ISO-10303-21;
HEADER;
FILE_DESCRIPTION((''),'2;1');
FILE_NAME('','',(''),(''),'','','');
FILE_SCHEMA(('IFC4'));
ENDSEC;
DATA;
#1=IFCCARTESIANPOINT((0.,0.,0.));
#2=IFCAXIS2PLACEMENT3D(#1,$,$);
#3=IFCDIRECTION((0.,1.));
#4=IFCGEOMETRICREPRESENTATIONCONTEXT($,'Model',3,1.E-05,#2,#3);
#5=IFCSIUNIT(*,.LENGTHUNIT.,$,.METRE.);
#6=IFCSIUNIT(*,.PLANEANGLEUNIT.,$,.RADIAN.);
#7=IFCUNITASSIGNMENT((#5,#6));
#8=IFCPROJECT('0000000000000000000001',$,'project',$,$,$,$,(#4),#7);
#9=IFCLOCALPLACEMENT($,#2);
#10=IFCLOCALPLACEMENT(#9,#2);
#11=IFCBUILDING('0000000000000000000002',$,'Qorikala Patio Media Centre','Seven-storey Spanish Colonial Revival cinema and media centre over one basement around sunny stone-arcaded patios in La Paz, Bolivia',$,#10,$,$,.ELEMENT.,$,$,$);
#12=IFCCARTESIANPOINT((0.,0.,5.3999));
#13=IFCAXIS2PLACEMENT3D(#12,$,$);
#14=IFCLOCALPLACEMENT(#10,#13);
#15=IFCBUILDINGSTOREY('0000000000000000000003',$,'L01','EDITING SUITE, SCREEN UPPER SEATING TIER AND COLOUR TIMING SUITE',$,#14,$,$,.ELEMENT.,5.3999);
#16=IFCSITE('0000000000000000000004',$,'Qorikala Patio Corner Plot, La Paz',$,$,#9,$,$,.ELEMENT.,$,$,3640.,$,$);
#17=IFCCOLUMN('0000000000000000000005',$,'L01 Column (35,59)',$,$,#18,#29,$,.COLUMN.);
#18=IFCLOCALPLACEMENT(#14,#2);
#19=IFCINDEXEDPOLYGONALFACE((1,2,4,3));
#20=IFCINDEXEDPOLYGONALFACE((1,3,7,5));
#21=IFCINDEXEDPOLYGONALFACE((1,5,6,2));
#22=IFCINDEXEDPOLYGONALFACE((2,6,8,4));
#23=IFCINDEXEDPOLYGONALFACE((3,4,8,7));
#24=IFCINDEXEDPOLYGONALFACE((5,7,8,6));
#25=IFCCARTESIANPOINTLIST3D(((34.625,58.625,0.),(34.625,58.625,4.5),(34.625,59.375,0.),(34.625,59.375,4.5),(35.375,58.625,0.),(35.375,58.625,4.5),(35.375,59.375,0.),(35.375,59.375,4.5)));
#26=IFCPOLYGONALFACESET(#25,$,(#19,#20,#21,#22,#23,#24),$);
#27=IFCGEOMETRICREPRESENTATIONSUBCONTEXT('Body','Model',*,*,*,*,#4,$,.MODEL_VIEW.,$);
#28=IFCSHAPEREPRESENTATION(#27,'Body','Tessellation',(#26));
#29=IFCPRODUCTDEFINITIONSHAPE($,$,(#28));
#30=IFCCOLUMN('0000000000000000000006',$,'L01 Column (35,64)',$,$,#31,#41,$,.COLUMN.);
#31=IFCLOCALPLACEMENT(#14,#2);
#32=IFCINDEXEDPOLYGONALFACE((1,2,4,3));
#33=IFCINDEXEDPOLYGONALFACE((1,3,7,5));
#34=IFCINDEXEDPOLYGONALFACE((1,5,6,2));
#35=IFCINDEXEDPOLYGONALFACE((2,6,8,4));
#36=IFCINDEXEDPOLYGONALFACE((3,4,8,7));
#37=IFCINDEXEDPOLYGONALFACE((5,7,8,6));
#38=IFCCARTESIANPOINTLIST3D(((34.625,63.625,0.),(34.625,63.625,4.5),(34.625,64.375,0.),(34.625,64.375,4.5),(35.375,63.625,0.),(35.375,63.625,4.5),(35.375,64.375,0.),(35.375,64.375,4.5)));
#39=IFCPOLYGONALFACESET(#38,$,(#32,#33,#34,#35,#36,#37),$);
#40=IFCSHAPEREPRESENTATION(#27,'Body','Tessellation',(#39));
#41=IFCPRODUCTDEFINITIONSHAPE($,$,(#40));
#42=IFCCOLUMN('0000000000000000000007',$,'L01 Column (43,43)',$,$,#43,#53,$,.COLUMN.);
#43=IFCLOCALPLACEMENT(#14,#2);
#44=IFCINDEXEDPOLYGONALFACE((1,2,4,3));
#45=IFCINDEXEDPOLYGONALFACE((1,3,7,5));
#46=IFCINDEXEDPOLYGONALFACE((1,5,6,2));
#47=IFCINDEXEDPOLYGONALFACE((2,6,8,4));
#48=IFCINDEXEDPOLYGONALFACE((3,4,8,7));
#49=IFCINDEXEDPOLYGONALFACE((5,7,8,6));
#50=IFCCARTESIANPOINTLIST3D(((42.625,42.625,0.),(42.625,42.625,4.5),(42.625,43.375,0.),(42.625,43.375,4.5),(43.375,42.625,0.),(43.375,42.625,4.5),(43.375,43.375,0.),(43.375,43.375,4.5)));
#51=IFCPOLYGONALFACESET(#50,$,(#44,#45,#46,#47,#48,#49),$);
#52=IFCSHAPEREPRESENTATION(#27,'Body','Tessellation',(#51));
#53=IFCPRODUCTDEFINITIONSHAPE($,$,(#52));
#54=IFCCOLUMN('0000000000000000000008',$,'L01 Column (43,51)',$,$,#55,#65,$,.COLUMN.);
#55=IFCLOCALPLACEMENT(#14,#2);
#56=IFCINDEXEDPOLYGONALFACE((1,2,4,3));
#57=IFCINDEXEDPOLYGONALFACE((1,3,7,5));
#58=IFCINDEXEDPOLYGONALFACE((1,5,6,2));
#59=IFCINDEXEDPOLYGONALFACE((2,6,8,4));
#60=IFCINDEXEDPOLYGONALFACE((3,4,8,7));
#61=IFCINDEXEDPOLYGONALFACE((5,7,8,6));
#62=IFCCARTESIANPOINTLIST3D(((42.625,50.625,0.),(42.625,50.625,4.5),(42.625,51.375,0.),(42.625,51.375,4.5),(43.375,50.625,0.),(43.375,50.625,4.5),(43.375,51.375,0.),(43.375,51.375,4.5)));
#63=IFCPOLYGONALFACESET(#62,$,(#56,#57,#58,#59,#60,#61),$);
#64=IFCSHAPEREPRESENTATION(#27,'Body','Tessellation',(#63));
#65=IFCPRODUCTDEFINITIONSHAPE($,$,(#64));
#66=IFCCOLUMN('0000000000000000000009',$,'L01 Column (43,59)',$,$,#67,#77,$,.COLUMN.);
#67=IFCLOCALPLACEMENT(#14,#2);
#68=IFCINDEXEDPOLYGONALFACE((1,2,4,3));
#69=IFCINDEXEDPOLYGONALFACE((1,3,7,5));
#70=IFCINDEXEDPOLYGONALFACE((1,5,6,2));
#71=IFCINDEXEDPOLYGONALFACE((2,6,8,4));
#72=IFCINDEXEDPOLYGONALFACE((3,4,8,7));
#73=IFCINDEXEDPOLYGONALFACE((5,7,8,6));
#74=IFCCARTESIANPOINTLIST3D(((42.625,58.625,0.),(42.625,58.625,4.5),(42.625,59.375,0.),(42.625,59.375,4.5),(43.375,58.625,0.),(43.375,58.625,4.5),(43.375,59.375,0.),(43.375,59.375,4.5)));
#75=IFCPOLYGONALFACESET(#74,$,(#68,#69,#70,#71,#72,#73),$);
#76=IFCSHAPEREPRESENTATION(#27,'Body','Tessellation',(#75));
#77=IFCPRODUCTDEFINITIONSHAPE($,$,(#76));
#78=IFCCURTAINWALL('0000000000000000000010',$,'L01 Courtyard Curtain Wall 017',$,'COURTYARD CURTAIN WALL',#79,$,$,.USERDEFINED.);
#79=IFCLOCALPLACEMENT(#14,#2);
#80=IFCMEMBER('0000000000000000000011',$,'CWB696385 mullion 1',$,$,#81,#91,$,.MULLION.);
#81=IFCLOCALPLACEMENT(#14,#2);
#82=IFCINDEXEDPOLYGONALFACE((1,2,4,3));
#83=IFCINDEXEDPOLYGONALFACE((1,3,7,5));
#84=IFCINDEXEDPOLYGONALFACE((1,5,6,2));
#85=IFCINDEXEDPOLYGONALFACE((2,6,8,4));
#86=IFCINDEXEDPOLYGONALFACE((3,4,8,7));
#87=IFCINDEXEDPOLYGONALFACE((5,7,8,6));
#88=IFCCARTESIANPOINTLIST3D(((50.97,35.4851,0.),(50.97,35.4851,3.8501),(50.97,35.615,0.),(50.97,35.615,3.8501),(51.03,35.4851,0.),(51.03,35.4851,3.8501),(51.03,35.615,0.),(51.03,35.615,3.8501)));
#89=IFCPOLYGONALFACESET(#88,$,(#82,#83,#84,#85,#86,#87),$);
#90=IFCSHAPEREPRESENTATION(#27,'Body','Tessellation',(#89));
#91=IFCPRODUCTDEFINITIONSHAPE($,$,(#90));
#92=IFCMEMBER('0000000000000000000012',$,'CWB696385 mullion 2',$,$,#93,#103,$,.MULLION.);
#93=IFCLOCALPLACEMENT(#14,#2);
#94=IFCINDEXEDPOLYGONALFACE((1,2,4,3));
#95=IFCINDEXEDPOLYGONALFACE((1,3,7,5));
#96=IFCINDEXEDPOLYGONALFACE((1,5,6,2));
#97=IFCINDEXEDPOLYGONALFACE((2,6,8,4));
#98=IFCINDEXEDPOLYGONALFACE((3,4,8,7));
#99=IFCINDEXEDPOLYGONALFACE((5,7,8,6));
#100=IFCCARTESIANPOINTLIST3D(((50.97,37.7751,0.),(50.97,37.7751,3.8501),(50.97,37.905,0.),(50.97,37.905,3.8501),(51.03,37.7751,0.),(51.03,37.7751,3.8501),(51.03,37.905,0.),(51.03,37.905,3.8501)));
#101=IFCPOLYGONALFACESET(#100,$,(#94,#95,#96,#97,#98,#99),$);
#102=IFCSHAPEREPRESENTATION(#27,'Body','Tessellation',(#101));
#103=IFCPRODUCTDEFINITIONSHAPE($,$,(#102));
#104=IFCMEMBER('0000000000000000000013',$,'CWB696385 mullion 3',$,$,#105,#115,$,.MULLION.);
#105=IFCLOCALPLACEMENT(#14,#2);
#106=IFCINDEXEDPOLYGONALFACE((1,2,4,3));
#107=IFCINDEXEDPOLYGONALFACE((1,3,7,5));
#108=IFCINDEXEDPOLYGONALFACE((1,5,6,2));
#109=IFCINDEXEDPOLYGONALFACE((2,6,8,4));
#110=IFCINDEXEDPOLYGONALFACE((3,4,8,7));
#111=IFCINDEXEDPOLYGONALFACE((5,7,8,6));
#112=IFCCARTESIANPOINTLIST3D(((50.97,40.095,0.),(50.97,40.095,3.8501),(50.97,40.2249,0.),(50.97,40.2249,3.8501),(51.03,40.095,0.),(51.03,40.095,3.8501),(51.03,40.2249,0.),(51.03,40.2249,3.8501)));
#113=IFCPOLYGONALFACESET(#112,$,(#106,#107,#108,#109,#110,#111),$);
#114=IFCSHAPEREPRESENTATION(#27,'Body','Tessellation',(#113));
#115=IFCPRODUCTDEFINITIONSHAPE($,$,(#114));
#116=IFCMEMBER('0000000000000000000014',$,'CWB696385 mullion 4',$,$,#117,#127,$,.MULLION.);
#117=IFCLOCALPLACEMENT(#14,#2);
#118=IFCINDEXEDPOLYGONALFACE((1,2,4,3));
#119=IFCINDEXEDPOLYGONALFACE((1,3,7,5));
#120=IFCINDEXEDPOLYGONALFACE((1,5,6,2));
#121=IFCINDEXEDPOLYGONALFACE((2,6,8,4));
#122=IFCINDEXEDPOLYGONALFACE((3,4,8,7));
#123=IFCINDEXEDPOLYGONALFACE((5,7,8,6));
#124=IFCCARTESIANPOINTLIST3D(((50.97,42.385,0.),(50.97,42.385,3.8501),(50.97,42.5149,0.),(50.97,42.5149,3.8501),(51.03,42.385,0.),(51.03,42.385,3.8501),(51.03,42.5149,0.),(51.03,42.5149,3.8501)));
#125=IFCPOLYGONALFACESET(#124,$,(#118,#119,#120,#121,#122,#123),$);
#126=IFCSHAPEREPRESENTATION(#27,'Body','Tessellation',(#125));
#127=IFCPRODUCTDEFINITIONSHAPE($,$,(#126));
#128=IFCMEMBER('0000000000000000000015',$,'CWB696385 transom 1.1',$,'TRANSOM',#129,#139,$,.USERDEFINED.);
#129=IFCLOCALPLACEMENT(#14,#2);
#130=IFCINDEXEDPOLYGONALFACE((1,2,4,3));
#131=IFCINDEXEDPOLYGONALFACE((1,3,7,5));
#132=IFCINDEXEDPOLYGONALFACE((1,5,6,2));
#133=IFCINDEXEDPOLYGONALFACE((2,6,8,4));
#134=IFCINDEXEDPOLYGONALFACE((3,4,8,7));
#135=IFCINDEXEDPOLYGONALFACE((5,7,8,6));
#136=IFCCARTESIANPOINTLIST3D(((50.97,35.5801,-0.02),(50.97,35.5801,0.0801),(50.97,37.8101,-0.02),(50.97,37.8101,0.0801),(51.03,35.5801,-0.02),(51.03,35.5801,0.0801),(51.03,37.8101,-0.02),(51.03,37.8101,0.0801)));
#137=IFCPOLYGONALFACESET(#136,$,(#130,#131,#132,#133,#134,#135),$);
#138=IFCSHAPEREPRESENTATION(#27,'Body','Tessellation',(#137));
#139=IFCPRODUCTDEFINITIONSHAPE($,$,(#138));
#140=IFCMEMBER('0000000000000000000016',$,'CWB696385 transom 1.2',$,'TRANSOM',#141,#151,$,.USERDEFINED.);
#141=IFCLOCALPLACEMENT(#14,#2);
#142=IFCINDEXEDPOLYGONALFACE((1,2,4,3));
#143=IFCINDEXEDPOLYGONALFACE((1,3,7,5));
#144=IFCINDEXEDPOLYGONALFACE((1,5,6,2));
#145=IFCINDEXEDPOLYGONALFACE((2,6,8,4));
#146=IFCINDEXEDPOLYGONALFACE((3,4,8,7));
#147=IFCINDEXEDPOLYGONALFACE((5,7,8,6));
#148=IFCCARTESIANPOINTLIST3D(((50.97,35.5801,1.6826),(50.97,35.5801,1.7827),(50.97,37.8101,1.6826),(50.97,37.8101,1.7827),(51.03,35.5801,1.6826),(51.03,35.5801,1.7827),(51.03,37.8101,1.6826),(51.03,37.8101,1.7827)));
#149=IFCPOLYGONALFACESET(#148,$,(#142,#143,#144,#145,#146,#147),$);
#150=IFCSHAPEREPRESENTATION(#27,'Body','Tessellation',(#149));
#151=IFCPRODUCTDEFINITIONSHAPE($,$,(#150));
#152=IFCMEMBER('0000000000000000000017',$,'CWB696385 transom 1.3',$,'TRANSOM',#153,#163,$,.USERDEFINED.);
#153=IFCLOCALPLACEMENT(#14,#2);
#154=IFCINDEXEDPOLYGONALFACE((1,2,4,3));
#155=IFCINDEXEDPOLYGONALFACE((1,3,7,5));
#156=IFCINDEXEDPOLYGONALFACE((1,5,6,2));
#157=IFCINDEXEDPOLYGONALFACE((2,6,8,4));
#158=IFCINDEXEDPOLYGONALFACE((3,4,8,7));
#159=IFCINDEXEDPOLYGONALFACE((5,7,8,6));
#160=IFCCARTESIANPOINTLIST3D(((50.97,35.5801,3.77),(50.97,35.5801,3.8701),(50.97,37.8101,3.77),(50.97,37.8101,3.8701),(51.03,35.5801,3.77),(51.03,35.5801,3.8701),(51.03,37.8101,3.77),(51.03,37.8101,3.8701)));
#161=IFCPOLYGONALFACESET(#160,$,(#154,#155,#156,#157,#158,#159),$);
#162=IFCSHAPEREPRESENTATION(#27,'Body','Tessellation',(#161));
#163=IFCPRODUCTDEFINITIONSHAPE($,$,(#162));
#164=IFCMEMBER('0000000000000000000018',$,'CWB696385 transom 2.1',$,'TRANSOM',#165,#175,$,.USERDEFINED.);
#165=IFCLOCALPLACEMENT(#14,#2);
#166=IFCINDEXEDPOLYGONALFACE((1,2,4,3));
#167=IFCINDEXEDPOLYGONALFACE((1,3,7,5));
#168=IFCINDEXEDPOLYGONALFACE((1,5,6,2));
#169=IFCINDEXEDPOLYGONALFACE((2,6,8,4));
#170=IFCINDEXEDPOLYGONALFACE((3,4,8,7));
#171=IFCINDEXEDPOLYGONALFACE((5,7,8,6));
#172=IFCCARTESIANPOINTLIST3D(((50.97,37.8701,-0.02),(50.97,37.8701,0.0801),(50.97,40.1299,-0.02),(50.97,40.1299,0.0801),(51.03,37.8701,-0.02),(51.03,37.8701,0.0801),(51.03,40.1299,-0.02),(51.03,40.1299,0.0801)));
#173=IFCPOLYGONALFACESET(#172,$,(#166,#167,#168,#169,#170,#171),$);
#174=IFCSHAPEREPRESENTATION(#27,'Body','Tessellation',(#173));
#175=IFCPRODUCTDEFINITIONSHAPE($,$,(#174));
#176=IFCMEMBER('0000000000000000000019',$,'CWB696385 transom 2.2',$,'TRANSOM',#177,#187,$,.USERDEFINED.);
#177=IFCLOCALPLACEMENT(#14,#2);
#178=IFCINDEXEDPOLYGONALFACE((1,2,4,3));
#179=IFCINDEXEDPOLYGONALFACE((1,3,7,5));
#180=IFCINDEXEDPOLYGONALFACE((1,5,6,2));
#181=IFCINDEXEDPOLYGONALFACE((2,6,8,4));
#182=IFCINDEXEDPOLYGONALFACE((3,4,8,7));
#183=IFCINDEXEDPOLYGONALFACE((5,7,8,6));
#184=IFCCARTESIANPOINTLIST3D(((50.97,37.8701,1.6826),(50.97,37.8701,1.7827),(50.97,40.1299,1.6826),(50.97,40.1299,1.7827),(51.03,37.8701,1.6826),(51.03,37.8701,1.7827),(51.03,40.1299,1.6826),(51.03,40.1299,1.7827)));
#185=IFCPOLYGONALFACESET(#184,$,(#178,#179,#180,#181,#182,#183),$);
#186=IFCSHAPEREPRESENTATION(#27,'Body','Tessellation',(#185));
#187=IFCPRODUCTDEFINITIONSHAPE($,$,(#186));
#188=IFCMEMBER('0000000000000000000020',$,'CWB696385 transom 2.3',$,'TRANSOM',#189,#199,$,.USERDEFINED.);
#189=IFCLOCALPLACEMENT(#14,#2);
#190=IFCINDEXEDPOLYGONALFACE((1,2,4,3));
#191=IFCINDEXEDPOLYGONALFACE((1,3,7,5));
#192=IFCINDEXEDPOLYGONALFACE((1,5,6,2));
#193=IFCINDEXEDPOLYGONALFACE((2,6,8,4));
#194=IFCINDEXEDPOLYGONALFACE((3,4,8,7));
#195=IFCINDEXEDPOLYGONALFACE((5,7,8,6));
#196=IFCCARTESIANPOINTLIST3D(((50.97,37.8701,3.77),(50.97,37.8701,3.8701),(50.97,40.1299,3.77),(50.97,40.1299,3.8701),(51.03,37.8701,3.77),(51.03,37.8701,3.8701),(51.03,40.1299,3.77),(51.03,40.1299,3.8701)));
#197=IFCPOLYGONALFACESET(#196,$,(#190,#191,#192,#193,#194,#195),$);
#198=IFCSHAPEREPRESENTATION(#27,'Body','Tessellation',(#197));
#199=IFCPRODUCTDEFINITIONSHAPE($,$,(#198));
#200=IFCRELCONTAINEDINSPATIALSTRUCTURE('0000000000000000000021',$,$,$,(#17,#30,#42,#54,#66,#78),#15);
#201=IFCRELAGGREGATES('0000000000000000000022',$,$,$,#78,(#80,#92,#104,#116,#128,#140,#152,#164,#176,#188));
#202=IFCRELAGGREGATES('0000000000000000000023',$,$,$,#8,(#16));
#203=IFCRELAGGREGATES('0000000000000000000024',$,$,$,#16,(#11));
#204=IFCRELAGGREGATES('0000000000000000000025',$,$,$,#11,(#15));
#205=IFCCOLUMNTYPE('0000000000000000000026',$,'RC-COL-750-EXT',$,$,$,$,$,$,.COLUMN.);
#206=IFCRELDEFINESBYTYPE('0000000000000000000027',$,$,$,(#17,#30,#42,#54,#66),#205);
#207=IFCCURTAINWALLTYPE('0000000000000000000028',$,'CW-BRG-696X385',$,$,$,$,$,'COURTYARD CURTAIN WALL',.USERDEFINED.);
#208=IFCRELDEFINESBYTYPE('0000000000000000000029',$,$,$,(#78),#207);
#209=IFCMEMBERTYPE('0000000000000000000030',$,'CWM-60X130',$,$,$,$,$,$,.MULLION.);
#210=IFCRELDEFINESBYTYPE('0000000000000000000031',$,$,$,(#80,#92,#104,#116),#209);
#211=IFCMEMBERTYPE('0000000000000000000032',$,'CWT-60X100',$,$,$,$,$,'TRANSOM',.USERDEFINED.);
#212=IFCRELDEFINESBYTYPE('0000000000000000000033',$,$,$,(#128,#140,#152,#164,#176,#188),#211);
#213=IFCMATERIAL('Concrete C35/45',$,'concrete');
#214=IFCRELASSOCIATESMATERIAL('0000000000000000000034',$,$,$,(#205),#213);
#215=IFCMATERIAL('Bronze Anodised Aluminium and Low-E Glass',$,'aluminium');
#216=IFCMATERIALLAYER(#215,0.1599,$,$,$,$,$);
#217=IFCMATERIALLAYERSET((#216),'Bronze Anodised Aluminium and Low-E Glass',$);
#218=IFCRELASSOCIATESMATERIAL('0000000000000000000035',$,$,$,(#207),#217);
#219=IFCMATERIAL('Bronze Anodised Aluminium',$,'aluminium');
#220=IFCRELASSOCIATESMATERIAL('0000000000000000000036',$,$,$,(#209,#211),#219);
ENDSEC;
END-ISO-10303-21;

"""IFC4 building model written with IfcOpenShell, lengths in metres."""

from ifc_helpers import new_model, si_unit, direction, frame, origin, origin_2d, place, context, subcontext, project, spatial, rectangle, extrude, material, layer, layer_set, material_profile, profile_set, type_object, element, aggregate, save


model = new_model("IFC4")

# Units and contexts
model_context = context("Model", 3, precision=1e-05, world=origin(), true_north=direction((0.0, 1.0)))
body_context = subcontext(model_context, "Body", "Model", "MODEL_VIEW")
ifc_project = project(units=[si_unit("LENGTHUNIT", "METRE"), si_unit("PLANEANGLEUNIT", "RADIAN")], contexts=[model_context])

# Site, building, storey
site_placement = place(None, origin())
site = spatial("IfcSite", under=ifc_project, at=site_placement, Name="Qorikala Patio Corner Plot, La Paz", CompositionType="ELEMENT", RefElevation=3640.0)
building_placement = place(site_placement, origin())
building = spatial("IfcBuilding", under=site, at=building_placement, Name="Qorikala Patio Media Centre", Description="Seven-storey Spanish Colonial Revival cinema and media centre over one basement around sunny stone-arcaded patios in La Paz, Bolivia", CompositionType="ELEMENT")
storey_placement = place(building_placement, frame((0.0, 0.0, 5.3999)))
storey = spatial("IfcBuildingStorey", under=building, at=storey_placement, Name="L01", Description="EDITING SUITE, SCREEN UPPER SEATING TIER AND COLOUR TIMING SUITE", CompositionType="ELEMENT", Elevation=5.3999)

# Columns
ifc_material_1 = material(Name="Concrete C35/45", Category="concrete")
ifc_material_profile_1 = material_profile(ifc_material_1, rectangle(XDim=0.75, YDim=0.75, at=origin_2d()), Name="RC 750x750")
ifc_profile_set_1 = profile_set([ifc_material_profile_1], Name="Concrete C35/45")
column_type = type_object("IfcColumnType", Name="RC-COL-750-EXT", PredefinedType="COLUMN", material=ifc_profile_set_1)
for number, where, z_axis, x_axis, name in (
    (1, (35.0, 59.0, 0.0), (0.0, 0.0, 1.0), (1.0, 0.0, 0.0), "L01 Column (35,59)"),
    (2, (35.0, 64.0, 0.0), (0.0, 0.0, 1.0), (1.0, 0.0, 0.0), "L01 Column (35,64)"),
    (3, (43.0, 43.0, 0.0), (0.0, 0.0, 1.0), (1.0, 0.0, 0.0), "L01 Column (43,43)"),
    (4, (43.0, 51.0, 0.0), (0.0, 0.0, 1.0), (1.0, 0.0, 0.0), "L01 Column (43,51)"),
    (5, (43.0, 59.0, 0.0), (0.0, 0.0, 1.0), (1.0, 0.0, 0.0), "L01 Column (43,59)"),
):
    element("IfcColumn", number, at=place(storey_placement, frame(where, z_axis=z_axis, x_axis=x_axis)), inside=storey, type_object=column_type, Name=name, PredefinedType="COLUMN", context=body_context, shape_type="SweptSolid", body=[
        extrude(rectangle(XDim=0.75, YDim=0.75, at=origin_2d()), origin(), (0.0, 0.0, 1.0), 4.5),
    ])

# Curtain wall, members
ifc_material_2 = material(Name="Bronze Anodised Aluminium and Low-E Glass", Category="aluminium")
ifc_layer_1 = layer(ifc_material_2, 0.1599)
ifc_layer_set_1 = layer_set([ifc_layer_1], Name="Bronze Anodised Aluminium and Low-E Glass")
curtain_wall_type = type_object("IfcCurtainWallType", Name="CW-BRG-696X385", ElementType="COURTYARD CURTAIN WALL", PredefinedType="USERDEFINED", material=ifc_layer_set_1)
curtain_wall_placement = place(storey_placement, origin())
curtain_wall = element("IfcCurtainWall", 6, at=curtain_wall_placement, inside=storey, type_object=curtain_wall_type, Name="L01 Courtyard Curtain Wall 017", ObjectType="COURTYARD CURTAIN WALL", PredefinedType="USERDEFINED")
ifc_material_3 = material(Name="Bronze Anodised Aluminium", Category="aluminium")
ifc_material_profile_2 = material_profile(ifc_material_3, rectangle(XDim=0.0601, YDim=0.1299, at=origin_2d()), Name="ALU MULLION 60x130")
ifc_profile_set_2 = profile_set([ifc_material_profile_2], Name="Bronze Anodised Aluminium")
member_type_1 = type_object("IfcMemberType", Name="CWM-60X130", PredefinedType="MULLION", material=ifc_profile_set_2)
member_1_placement = place(storey_placement, frame((51.0, 35.55, 0.0), z_axis=(0.0, 0.0, 1.0), x_axis=(-1.0, 0.0, 0.0)))
member_1 = element("IfcMember", 7, at=member_1_placement, type_object=member_type_1, Name="CWB696385 mullion 1", PredefinedType="MULLION", context=body_context, shape_type="SweptSolid", body=[
    extrude(rectangle(XDim=0.0601, YDim=0.1299, at=origin_2d()), origin(), (0.0, 0.0, 1.0), 3.8501),
])
member_2_placement = place(storey_placement, frame((51.0, 37.8401, 0.0), z_axis=(0.0, 0.0, 1.0), x_axis=(-1.0, 0.0, 0.0)))
member_2 = element("IfcMember", 8, at=member_2_placement, type_object=member_type_1, Name="CWB696385 mullion 2", PredefinedType="MULLION", context=body_context, shape_type="SweptSolid", body=[
    extrude(rectangle(XDim=0.0601, YDim=0.1299, at=origin_2d()), origin(), (0.0, 0.0, 1.0), 3.8501),
])
member_3_placement = place(storey_placement, frame((51.0, 40.1599, 0.0), z_axis=(0.0, 0.0, 1.0), x_axis=(-1.0, 0.0, 0.0)))
member_3 = element("IfcMember", 9, at=member_3_placement, type_object=member_type_1, Name="CWB696385 mullion 3", PredefinedType="MULLION", context=body_context, shape_type="SweptSolid", body=[
    extrude(rectangle(XDim=0.0601, YDim=0.1299, at=origin_2d()), origin(), (0.0, 0.0, 1.0), 3.8501),
])
member_4_placement = place(storey_placement, frame((51.0, 42.45, 0.0), z_axis=(0.0, 0.0, 1.0), x_axis=(-1.0, 0.0, 0.0)))
member_4 = element("IfcMember", 10, at=member_4_placement, type_object=member_type_1, Name="CWB696385 mullion 4", PredefinedType="MULLION", context=body_context, shape_type="SweptSolid", body=[
    extrude(rectangle(XDim=0.0601, YDim=0.1299, at=origin_2d()), origin(), (0.0, 0.0, 1.0), 3.8501),
])
ifc_material_profile_3 = material_profile(ifc_material_3, rectangle(XDim=0.0601, YDim=0.1001, at=origin_2d()), Name="ALU TRANSOM 60x100")
ifc_profile_set_3 = profile_set([ifc_material_profile_3], Name="Bronze Anodised Aluminium")
member_type_2 = type_object("IfcMemberType", Name="CWT-60X100", ElementType="TRANSOM", PredefinedType="USERDEFINED", material=ifc_profile_set_3)
member_5_placement = place(storey_placement, frame((51.0, 35.5801, 0.03), z_axis=(0.0, 1.0, 0.0), x_axis=(-1.0, 0.0, 0.0)))
member_5 = element("IfcMember", 11, at=member_5_placement, type_object=member_type_2, Name="CWB696385 transom 1.1", ObjectType="TRANSOM", PredefinedType="USERDEFINED", context=body_context, shape_type="SweptSolid", body=[
    extrude(rectangle(XDim=0.0601, YDim=0.1001, at=origin_2d()), origin(), (0.0, 0.0, 1.0), 2.23),
])
member_6_placement = place(storey_placement, frame((51.0, 35.5801, 1.7327), z_axis=(0.0, 1.0, 0.0), x_axis=(-1.0, 0.0, 0.0)))
member_6 = element("IfcMember", 12, at=member_6_placement, type_object=member_type_2, Name="CWB696385 transom 1.2", ObjectType="TRANSOM", PredefinedType="USERDEFINED", context=body_context, shape_type="SweptSolid", body=[
    extrude(rectangle(XDim=0.0601, YDim=0.1001, at=origin_2d()), origin(), (0.0, 0.0, 1.0), 2.23),
])
member_7_placement = place(storey_placement, frame((51.0, 35.5801, 3.8201), z_axis=(0.0, 1.0, 0.0), x_axis=(-1.0, 0.0, 0.0)))
member_7 = element("IfcMember", 13, at=member_7_placement, type_object=member_type_2, Name="CWB696385 transom 1.3", ObjectType="TRANSOM", PredefinedType="USERDEFINED", context=body_context, shape_type="SweptSolid", body=[
    extrude(rectangle(XDim=0.0601, YDim=0.1001, at=origin_2d()), origin(), (0.0, 0.0, 1.0), 2.23),
])
member_8_placement = place(storey_placement, frame((51.0, 37.8701, 0.03), z_axis=(0.0, 1.0, 0.0), x_axis=(-1.0, 0.0, 0.0)))
member_8 = element("IfcMember", 14, at=member_8_placement, type_object=member_type_2, Name="CWB696385 transom 2.1", ObjectType="TRANSOM", PredefinedType="USERDEFINED", context=body_context, shape_type="SweptSolid", body=[
    extrude(rectangle(XDim=0.0601, YDim=0.1001, at=origin_2d()), origin(), (0.0, 0.0, 1.0), 2.2598),
])
member_9_placement = place(storey_placement, frame((51.0, 37.8701, 1.7327), z_axis=(0.0, 1.0, 0.0), x_axis=(-1.0, 0.0, 0.0)))
member_9 = element("IfcMember", 15, at=member_9_placement, type_object=member_type_2, Name="CWB696385 transom 2.2", ObjectType="TRANSOM", PredefinedType="USERDEFINED", context=body_context, shape_type="SweptSolid", body=[
    extrude(rectangle(XDim=0.0601, YDim=0.1001, at=origin_2d()), origin(), (0.0, 0.0, 1.0), 2.2598),
])
member_10_placement = place(storey_placement, frame((51.0, 37.8701, 3.8201), z_axis=(0.0, 1.0, 0.0), x_axis=(-1.0, 0.0, 0.0)))
member_10 = element("IfcMember", 16, at=member_10_placement, type_object=member_type_2, Name="CWB696385 transom 2.3", ObjectType="TRANSOM", PredefinedType="USERDEFINED", context=body_context, shape_type="SweptSolid", body=[
    extrude(rectangle(XDim=0.0601, YDim=0.1001, at=origin_2d()), origin(), (0.0, 0.0, 1.0), 2.2598),
])

aggregate(curtain_wall, [member_1, member_2, member_3, member_4, member_5, member_6, member_7, member_8, member_9, member_10])

save(model, "model.ifc")
